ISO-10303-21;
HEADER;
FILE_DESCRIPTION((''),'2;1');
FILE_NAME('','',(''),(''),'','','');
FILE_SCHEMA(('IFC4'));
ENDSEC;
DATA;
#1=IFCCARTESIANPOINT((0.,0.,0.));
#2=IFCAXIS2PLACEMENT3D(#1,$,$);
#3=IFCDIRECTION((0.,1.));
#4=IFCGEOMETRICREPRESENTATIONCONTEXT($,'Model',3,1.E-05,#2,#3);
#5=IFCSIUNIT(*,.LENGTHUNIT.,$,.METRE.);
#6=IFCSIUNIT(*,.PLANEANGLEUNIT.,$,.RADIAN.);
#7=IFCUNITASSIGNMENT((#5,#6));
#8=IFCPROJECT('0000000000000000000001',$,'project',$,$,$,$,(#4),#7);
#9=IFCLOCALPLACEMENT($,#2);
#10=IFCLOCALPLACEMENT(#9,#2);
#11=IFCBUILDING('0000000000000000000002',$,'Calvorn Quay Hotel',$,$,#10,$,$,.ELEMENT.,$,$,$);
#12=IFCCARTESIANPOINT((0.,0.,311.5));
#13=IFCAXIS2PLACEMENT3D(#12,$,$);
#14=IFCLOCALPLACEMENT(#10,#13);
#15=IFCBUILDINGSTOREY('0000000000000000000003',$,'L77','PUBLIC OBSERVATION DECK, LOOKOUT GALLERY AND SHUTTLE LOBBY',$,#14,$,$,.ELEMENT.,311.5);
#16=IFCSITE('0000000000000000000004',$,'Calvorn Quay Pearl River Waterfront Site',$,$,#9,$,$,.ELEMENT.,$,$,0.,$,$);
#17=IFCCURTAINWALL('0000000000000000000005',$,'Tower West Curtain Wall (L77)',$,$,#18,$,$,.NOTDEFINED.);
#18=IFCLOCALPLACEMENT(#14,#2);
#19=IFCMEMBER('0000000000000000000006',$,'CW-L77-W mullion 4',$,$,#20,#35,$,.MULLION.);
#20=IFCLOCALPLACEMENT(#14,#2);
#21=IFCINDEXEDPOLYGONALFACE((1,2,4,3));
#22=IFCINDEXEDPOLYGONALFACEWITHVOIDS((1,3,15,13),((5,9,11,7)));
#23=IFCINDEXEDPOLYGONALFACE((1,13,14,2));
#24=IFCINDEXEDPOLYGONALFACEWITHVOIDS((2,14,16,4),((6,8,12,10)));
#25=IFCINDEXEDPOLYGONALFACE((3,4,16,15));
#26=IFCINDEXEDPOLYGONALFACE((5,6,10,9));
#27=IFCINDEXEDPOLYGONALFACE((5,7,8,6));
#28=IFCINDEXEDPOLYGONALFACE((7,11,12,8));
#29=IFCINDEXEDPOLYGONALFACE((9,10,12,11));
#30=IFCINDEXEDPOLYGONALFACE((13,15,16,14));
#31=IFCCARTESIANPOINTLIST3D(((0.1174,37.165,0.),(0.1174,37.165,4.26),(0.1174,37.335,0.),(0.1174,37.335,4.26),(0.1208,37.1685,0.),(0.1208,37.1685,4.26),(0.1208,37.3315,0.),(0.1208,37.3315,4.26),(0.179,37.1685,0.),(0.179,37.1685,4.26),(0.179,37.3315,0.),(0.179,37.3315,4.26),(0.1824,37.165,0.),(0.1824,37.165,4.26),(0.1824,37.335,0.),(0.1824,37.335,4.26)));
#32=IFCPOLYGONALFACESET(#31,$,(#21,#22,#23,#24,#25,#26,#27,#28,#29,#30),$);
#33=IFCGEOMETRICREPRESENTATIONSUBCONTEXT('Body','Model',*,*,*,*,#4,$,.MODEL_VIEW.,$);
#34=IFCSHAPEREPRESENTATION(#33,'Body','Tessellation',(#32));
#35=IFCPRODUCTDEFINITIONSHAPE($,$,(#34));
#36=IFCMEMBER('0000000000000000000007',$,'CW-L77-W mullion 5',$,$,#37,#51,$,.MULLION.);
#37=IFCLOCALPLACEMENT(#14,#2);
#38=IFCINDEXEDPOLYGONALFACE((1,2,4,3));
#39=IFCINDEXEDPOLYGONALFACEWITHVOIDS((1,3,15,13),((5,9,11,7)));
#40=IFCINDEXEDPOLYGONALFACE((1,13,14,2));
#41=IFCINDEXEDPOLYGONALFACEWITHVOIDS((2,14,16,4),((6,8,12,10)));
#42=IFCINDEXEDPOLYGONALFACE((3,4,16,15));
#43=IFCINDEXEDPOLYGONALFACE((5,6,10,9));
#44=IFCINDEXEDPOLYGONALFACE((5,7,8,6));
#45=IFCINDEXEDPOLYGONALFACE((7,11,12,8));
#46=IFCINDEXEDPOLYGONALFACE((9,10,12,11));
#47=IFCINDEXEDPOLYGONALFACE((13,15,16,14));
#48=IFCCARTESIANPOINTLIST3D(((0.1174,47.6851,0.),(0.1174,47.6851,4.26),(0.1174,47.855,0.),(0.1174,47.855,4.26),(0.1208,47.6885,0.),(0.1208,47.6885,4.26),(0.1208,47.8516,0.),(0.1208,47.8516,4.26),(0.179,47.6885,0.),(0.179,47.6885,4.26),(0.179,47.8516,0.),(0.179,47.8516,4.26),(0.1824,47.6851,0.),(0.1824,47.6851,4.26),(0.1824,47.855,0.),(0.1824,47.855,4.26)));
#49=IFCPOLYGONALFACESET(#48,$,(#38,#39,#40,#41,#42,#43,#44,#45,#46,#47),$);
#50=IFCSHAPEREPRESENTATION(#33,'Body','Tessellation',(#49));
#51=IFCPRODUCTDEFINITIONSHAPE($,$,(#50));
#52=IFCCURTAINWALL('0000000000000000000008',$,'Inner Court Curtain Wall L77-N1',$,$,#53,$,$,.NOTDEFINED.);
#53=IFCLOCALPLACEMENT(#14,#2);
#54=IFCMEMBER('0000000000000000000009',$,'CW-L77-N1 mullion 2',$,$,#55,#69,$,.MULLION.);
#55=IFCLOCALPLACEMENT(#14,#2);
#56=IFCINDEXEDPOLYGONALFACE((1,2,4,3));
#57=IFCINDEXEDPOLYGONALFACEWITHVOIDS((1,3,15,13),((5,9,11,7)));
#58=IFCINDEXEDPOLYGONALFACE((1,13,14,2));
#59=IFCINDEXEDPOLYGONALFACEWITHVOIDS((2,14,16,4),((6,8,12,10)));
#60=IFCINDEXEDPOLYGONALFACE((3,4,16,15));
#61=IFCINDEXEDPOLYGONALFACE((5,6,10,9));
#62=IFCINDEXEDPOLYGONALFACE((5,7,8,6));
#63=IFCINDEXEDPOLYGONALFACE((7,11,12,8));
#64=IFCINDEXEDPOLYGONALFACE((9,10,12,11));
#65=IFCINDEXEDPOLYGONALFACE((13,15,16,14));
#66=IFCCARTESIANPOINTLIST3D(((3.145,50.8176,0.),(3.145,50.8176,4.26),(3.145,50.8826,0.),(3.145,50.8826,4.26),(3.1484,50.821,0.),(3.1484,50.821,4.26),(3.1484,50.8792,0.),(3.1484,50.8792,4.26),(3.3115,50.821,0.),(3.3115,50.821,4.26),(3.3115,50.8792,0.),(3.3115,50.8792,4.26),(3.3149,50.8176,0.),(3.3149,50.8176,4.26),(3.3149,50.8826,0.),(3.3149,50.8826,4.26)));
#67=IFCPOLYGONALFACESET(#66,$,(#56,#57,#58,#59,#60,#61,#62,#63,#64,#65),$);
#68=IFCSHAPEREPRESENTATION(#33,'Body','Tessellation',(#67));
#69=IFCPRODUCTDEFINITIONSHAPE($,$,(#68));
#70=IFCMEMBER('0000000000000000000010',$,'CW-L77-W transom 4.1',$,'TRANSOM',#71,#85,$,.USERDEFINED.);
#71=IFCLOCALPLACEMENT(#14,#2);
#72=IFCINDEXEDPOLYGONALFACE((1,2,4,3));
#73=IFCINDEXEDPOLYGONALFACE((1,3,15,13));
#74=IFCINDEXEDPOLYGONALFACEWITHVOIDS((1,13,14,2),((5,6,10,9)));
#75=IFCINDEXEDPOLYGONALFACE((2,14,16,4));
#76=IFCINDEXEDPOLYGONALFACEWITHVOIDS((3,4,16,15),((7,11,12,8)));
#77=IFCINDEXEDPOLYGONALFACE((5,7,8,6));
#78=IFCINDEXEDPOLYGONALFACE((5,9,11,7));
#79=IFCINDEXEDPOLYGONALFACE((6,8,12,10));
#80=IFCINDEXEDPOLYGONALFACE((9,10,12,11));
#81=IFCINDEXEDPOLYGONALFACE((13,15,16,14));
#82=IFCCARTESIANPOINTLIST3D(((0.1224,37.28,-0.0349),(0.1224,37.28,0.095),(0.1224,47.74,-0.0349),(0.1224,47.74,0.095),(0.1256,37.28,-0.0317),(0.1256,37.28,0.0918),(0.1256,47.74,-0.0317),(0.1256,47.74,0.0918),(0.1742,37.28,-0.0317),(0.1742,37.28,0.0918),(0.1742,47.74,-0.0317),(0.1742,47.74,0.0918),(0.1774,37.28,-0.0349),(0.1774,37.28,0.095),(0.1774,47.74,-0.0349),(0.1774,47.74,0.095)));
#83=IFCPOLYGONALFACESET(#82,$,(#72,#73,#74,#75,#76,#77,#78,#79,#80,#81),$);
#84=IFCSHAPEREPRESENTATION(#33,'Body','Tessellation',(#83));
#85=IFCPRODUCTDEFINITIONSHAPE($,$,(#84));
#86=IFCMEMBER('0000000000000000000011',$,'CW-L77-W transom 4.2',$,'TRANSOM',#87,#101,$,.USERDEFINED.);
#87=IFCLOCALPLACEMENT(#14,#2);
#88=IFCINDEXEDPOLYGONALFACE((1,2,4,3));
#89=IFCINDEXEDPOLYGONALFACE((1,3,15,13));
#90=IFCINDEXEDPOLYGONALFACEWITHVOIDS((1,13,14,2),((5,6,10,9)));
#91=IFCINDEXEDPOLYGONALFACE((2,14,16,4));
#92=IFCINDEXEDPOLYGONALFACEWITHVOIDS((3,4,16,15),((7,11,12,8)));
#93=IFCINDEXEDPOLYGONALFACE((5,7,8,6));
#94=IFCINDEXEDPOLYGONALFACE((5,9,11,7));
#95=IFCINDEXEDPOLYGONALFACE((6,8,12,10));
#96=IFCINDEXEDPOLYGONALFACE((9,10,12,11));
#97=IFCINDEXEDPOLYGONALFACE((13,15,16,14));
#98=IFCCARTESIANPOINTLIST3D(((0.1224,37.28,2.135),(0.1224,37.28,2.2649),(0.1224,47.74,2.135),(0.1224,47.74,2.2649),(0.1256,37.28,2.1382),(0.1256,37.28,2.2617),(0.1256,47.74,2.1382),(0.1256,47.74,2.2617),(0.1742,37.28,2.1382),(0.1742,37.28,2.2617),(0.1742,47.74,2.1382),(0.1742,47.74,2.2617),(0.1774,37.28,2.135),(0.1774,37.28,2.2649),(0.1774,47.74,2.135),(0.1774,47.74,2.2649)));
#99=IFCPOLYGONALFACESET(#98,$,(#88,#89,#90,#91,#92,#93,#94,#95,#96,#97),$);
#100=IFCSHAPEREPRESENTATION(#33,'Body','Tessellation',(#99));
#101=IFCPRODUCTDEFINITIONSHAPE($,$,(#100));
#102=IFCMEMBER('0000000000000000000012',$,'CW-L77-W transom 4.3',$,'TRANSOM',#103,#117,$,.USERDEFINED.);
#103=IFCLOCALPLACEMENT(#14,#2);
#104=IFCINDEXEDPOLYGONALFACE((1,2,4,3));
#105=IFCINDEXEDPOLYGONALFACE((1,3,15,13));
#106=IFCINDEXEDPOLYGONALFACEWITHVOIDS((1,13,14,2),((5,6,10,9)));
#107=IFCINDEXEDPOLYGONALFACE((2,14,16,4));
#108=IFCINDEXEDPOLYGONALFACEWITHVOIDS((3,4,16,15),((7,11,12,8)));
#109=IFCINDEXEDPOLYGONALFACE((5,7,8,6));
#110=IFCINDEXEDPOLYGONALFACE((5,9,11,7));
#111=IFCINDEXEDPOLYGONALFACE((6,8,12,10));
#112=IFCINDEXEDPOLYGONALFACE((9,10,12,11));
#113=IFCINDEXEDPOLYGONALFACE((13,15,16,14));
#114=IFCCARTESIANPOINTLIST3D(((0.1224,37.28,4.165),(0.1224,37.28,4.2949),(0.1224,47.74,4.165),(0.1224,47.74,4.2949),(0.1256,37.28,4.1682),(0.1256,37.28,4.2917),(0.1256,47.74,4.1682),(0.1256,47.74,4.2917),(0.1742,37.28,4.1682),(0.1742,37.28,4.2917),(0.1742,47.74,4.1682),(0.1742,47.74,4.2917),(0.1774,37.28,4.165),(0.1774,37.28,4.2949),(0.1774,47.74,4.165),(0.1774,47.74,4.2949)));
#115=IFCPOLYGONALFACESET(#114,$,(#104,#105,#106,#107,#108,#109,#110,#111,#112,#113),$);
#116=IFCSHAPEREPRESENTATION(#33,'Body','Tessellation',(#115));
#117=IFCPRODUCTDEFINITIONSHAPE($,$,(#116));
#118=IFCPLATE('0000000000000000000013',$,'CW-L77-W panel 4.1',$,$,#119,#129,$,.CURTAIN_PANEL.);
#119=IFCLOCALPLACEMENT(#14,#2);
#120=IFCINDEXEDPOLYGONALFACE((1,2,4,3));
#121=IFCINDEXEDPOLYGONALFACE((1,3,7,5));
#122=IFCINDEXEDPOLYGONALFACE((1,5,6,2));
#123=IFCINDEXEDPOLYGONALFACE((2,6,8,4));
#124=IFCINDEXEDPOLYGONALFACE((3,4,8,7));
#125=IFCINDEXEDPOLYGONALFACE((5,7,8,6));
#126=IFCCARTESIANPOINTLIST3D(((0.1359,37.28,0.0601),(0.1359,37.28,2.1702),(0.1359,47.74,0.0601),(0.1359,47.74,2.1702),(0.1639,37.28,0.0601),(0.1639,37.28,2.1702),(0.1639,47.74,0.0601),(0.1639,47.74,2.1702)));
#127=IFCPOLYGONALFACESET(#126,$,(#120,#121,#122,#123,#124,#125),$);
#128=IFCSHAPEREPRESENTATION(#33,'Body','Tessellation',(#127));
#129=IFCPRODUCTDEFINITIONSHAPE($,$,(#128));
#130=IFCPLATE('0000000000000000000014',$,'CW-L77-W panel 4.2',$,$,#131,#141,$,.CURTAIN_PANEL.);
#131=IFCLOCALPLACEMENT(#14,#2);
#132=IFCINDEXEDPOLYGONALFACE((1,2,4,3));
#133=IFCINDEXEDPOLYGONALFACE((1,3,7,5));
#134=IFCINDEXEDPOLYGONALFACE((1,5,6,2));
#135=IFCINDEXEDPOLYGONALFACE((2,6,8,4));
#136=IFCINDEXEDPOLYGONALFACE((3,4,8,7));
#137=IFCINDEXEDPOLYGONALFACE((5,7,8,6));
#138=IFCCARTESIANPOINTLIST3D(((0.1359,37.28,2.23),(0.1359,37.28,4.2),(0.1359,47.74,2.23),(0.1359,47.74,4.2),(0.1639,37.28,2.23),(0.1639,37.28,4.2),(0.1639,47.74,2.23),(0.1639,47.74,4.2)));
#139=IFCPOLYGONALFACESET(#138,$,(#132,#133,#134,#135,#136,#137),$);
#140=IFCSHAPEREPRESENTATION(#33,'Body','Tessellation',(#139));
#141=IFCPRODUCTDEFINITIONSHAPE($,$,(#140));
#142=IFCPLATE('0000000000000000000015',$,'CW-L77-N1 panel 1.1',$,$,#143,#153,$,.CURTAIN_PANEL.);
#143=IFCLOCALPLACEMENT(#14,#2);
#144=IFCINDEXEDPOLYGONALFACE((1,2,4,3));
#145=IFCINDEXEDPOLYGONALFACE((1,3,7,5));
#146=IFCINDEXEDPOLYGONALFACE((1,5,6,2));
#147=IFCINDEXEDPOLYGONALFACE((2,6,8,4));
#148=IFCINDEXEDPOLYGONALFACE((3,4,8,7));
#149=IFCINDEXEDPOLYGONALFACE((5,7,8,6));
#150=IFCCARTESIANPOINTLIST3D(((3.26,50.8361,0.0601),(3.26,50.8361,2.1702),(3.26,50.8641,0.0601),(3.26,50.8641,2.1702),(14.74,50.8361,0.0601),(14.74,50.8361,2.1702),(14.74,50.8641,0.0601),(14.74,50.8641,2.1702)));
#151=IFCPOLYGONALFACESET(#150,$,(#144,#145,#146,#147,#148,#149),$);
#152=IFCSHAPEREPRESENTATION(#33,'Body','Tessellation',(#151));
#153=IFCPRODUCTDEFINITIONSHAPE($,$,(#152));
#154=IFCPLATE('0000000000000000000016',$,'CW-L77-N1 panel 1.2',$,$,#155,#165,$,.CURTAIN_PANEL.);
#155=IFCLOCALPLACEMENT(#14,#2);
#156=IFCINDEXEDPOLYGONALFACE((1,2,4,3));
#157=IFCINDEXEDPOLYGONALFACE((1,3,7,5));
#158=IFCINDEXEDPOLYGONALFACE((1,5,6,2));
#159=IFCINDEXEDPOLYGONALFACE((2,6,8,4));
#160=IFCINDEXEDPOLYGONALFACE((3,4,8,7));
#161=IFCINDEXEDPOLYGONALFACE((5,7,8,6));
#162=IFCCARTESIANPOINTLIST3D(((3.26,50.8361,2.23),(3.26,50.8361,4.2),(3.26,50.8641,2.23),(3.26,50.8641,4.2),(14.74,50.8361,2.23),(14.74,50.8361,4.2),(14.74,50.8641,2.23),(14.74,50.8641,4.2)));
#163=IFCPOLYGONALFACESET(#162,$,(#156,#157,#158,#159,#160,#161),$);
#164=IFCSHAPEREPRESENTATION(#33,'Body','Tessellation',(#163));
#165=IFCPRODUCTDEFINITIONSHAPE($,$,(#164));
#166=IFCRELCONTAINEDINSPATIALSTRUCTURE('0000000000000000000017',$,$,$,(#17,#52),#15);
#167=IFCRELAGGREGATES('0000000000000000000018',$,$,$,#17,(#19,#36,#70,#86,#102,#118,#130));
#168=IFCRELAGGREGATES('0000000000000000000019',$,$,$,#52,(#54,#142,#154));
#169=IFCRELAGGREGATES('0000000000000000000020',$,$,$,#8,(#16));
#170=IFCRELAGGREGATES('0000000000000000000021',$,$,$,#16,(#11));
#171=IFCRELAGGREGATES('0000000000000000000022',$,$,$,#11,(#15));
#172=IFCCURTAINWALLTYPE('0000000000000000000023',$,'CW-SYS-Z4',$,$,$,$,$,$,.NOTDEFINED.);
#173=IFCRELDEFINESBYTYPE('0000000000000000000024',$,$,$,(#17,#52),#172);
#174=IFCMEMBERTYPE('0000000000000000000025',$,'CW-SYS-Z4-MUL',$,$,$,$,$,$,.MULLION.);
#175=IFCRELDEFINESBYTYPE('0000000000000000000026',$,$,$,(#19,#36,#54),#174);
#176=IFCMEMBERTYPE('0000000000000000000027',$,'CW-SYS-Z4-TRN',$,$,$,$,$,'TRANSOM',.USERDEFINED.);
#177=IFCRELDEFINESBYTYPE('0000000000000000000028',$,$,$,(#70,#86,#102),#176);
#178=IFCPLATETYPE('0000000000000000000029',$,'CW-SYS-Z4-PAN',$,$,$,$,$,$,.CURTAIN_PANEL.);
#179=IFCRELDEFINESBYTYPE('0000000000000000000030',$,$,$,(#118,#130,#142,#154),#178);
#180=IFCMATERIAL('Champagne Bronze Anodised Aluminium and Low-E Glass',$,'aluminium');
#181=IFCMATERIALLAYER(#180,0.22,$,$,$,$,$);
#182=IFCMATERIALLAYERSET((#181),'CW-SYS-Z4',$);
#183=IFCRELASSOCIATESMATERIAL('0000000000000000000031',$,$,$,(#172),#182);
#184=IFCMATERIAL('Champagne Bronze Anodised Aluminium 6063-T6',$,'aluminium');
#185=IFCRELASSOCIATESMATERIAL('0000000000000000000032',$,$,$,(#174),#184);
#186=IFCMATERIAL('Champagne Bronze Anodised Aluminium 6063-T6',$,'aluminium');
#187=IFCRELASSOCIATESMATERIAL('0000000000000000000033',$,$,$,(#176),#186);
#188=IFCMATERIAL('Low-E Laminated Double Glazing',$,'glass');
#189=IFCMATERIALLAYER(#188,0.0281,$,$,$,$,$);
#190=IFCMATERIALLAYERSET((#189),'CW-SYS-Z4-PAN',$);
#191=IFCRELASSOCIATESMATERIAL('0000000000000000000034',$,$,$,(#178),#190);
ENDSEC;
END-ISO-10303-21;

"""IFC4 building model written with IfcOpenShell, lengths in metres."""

from ifc_helpers import new_model, si_unit, direction, frame, origin, origin_2d, place, context, subcontext, project, spatial, rectangle, hollow_rectangle, extrude, material, layer, layer_set, material_profile, profile_set, type_object, element, aggregate, save


model = new_model("IFC4")

# Units and contexts
model_context = context("Model", 3, precision=1e-05, world=origin(), true_north=direction((0.0, 1.0)))
body_context = subcontext(model_context, "Body", "Model", "MODEL_VIEW")
ifc_project = project(units=[si_unit("LENGTHUNIT", "METRE"), si_unit("PLANEANGLEUNIT", "RADIAN")], contexts=[model_context])

# Site, building, storey
site_placement = place(None, origin())
site = spatial("IfcSite", under=ifc_project, at=site_placement, Name="Calvorn Quay Pearl River Waterfront Site", CompositionType="ELEMENT", RefElevation=0.0)
building_placement = place(site_placement, origin())
building = spatial("IfcBuilding", under=site, at=building_placement, Name="Calvorn Quay Hotel", CompositionType="ELEMENT")
storey_placement = place(building_placement, frame((0.0, 0.0, 311.5)))
storey = spatial("IfcBuildingStorey", under=building, at=storey_placement, Name="L77", Description="PUBLIC OBSERVATION DECK, LOOKOUT GALLERY AND SHUTTLE LOBBY", CompositionType="ELEMENT", Elevation=311.5)

# Curtain wall, members
ifc_material_1 = material(Name="Champagne Bronze Anodised Aluminium and Low-E Glass", Category="aluminium")
ifc_layer_1 = layer(ifc_material_1, 0.22)
ifc_layer_set_1 = layer_set([ifc_layer_1], Name="CW-SYS-Z4")
curtain_wall_type = type_object("IfcCurtainWallType", Name="CW-SYS-Z4", PredefinedType="NOTDEFINED", material=ifc_layer_set_1)
curtain_wall_1_placement = place(storey_placement, origin())
curtain_wall_1 = element("IfcCurtainWall", 1, at=curtain_wall_1_placement, inside=storey, type_object=curtain_wall_type, Name="Tower West Curtain Wall (L77)", PredefinedType="NOTDEFINED")
ifc_material_2 = material(Name="Champagne Bronze Anodised Aluminium 6063-T6", Category="aluminium")
ifc_material_profile_1 = material_profile(ifc_material_2, hollow_rectangle(XDim=0.0649, YDim=0.1699, WallThickness=0.0034, at=origin_2d()), Name="ALU-M170x65x3.5")
ifc_profile_set_1 = profile_set([ifc_material_profile_1], Name="Champagne Bronze Anodised Aluminium 6063-T6")
member_type_1 = type_object("IfcMemberType", Name="CW-SYS-Z4-MUL", PredefinedType="MULLION", material=ifc_profile_set_1)
member_1_placement = place(storey_placement, frame((0.1499, 37.25, 0.0), z_axis=(0.0, 0.0, 1.0), x_axis=(-1.0, 0.0, 0.0)))
member_1 = element("IfcMember", 2, at=member_1_placement, type_object=member_type_1, Name="CW-L77-W mullion 4", PredefinedType="MULLION", context=body_context, shape_type="SweptSolid", body=[
    extrude(hollow_rectangle(XDim=0.0649, YDim=0.1699, WallThickness=0.0034, at=origin_2d()), origin(), (0.0, 0.0, 1.0), 4.26),
])
member_2_placement = place(storey_placement, frame((0.1499, 47.77, 0.0), z_axis=(0.0, 0.0, 1.0), x_axis=(-1.0, 0.0, 0.0)))
member_2 = element("IfcMember", 3, at=member_2_placement, type_object=member_type_1, Name="CW-L77-W mullion 5", PredefinedType="MULLION", context=body_context, shape_type="SweptSolid", body=[
    extrude(hollow_rectangle(XDim=0.0649, YDim=0.1699, WallThickness=0.0034, at=origin_2d()), origin(), (0.0, 0.0, 1.0), 4.26),
])

# Curtain wall, member
curtain_wall_2_placement = place(storey_placement, origin())
curtain_wall_2 = element("IfcCurtainWall", 4, at=curtain_wall_2_placement, inside=storey, type_object=curtain_wall_type, Name="Inner Court Curtain Wall L77-N1", PredefinedType="NOTDEFINED")
member_3_placement = place(storey_placement, frame((3.23, 50.8501, 0.0), z_axis=(0.0, 0.0, 1.0), x_axis=(0.0, -1.0, 0.0)))
member_3 = element("IfcMember", 5, at=member_3_placement, type_object=member_type_1, Name="CW-L77-N1 mullion 2", PredefinedType="MULLION", context=body_context, shape_type="SweptSolid", body=[
    extrude(hollow_rectangle(XDim=0.0649, YDim=0.1699, WallThickness=0.0034, at=origin_2d()), origin(), (0.0, 0.0, 1.0), 4.26),
])

# Members
ifc_material_3 = material(Name="Champagne Bronze Anodised Aluminium 6063-T6", Category="aluminium")
ifc_material_profile_2 = material_profile(ifc_material_3, hollow_rectangle(XDim=0.0549, YDim=0.1299, WallThickness=0.0032, at=origin_2d()), Name="ALU-T130x55x3.2")
ifc_profile_set_2 = profile_set([ifc_material_profile_2], Name="Champagne Bronze Anodised Aluminium 6063-T6")
member_type_2 = type_object("IfcMemberType", Name="CW-SYS-Z4-TRN", ElementType="TRANSOM", PredefinedType="USERDEFINED", material=ifc_profile_set_2)
member_4_placement = place(storey_placement, frame((0.1499, 37.28, 0.03), z_axis=(0.0, 1.0, 0.0), x_axis=(-1.0, 0.0, 0.0)))
member_4 = element("IfcMember", 6, at=member_4_placement, type_object=member_type_2, Name="CW-L77-W transom 4.1", ObjectType="TRANSOM", PredefinedType="USERDEFINED", context=body_context, shape_type="SweptSolid", body=[
    extrude(hollow_rectangle(XDim=0.0549, YDim=0.1299, WallThickness=0.0032, at=origin_2d()), origin(), (0.0, 0.0, 1.0), 10.46),
])
member_5_placement = place(storey_placement, frame((0.1499, 37.28, 2.2), z_axis=(0.0, 1.0, 0.0), x_axis=(-1.0, 0.0, 0.0)))
member_5 = element("IfcMember", 7, at=member_5_placement, type_object=member_type_2, Name="CW-L77-W transom 4.2", ObjectType="TRANSOM", PredefinedType="USERDEFINED", context=body_context, shape_type="SweptSolid", body=[
    extrude(hollow_rectangle(XDim=0.0549, YDim=0.1299, WallThickness=0.0032, at=origin_2d()), origin(), (0.0, 0.0, 1.0), 10.46),
])
member_6_placement = place(storey_placement, frame((0.1499, 37.28, 4.23), z_axis=(0.0, 1.0, 0.0), x_axis=(-1.0, 0.0, 0.0)))
member_6 = element("IfcMember", 8, at=member_6_placement, type_object=member_type_2, Name="CW-L77-W transom 4.3", ObjectType="TRANSOM", PredefinedType="USERDEFINED", context=body_context, shape_type="SweptSolid", body=[
    extrude(hollow_rectangle(XDim=0.0549, YDim=0.1299, WallThickness=0.0032, at=origin_2d()), origin(), (0.0, 0.0, 1.0), 10.46),
])

# Plates
ifc_material_4 = material(Name="Low-E Laminated Double Glazing", Category="glass")
ifc_layer_2 = layer(ifc_material_4, 0.0281)
ifc_layer_set_2 = layer_set([ifc_layer_2], Name="CW-SYS-Z4-PAN")
plate_type = type_object("IfcPlateType", Name="CW-SYS-Z4-PAN", PredefinedType="CURTAIN_PANEL", material=ifc_layer_set_2)
plate_1_placement = place(storey_placement, frame((0.1499, 42.51, 0.0601), z_axis=(0.0, 0.0, 1.0), x_axis=(0.0, 1.0, 0.0)))
plate_1 = element("IfcPlate", 9, at=plate_1_placement, type_object=plate_type, Name="CW-L77-W panel 4.1", PredefinedType="CURTAIN_PANEL", context=body_context, shape_type="SweptSolid", body=[
    extrude(rectangle(XDim=10.46, YDim=0.0281, at=origin_2d()), origin(), (0.0, 0.0, 1.0), 2.1101),
])
plate_2_placement = place(storey_placement, frame((0.1499, 42.51, 2.23), z_axis=(0.0, 0.0, 1.0), x_axis=(0.0, 1.0, 0.0)))
plate_2 = element("IfcPlate", 10, at=plate_2_placement, type_object=plate_type, Name="CW-L77-W panel 4.2", PredefinedType="CURTAIN_PANEL", context=body_context, shape_type="SweptSolid", body=[
    extrude(rectangle(XDim=10.46, YDim=0.0281, at=origin_2d()), origin(), (0.0, 0.0, 1.0), 1.97),
])
aggregate(curtain_wall_1, [member_1, member_2, member_4, member_5, member_6, plate_1, plate_2])
plate_3_placement = place(storey_placement, frame((9.0, 50.8501, 0.0601), z_axis=(0.0, 0.0, 1.0), x_axis=(-1.0, 0.0, 0.0)))
plate_3 = element("IfcPlate", 11, at=plate_3_placement, type_object=plate_type, Name="CW-L77-N1 panel 1.1", PredefinedType="CURTAIN_PANEL", context=body_context, shape_type="SweptSolid", body=[
    extrude(rectangle(XDim=11.48, YDim=0.0281, at=origin_2d()), origin(), (0.0, 0.0, 1.0), 2.1101),
])
plate_4_placement = place(storey_placement, frame((9.0, 50.8501, 2.23), z_axis=(0.0, 0.0, 1.0), x_axis=(-1.0, 0.0, 0.0)))
plate_4 = element("IfcPlate", 12, at=plate_4_placement, type_object=plate_type, Name="CW-L77-N1 panel 1.2", PredefinedType="CURTAIN_PANEL", context=body_context, shape_type="SweptSolid", body=[
    extrude(rectangle(XDim=11.48, YDim=0.0281, at=origin_2d()), origin(), (0.0, 0.0, 1.0), 1.97),
])
aggregate(curtain_wall_2, [member_3, plate_3, plate_4])

save(model, "model.ifc")
